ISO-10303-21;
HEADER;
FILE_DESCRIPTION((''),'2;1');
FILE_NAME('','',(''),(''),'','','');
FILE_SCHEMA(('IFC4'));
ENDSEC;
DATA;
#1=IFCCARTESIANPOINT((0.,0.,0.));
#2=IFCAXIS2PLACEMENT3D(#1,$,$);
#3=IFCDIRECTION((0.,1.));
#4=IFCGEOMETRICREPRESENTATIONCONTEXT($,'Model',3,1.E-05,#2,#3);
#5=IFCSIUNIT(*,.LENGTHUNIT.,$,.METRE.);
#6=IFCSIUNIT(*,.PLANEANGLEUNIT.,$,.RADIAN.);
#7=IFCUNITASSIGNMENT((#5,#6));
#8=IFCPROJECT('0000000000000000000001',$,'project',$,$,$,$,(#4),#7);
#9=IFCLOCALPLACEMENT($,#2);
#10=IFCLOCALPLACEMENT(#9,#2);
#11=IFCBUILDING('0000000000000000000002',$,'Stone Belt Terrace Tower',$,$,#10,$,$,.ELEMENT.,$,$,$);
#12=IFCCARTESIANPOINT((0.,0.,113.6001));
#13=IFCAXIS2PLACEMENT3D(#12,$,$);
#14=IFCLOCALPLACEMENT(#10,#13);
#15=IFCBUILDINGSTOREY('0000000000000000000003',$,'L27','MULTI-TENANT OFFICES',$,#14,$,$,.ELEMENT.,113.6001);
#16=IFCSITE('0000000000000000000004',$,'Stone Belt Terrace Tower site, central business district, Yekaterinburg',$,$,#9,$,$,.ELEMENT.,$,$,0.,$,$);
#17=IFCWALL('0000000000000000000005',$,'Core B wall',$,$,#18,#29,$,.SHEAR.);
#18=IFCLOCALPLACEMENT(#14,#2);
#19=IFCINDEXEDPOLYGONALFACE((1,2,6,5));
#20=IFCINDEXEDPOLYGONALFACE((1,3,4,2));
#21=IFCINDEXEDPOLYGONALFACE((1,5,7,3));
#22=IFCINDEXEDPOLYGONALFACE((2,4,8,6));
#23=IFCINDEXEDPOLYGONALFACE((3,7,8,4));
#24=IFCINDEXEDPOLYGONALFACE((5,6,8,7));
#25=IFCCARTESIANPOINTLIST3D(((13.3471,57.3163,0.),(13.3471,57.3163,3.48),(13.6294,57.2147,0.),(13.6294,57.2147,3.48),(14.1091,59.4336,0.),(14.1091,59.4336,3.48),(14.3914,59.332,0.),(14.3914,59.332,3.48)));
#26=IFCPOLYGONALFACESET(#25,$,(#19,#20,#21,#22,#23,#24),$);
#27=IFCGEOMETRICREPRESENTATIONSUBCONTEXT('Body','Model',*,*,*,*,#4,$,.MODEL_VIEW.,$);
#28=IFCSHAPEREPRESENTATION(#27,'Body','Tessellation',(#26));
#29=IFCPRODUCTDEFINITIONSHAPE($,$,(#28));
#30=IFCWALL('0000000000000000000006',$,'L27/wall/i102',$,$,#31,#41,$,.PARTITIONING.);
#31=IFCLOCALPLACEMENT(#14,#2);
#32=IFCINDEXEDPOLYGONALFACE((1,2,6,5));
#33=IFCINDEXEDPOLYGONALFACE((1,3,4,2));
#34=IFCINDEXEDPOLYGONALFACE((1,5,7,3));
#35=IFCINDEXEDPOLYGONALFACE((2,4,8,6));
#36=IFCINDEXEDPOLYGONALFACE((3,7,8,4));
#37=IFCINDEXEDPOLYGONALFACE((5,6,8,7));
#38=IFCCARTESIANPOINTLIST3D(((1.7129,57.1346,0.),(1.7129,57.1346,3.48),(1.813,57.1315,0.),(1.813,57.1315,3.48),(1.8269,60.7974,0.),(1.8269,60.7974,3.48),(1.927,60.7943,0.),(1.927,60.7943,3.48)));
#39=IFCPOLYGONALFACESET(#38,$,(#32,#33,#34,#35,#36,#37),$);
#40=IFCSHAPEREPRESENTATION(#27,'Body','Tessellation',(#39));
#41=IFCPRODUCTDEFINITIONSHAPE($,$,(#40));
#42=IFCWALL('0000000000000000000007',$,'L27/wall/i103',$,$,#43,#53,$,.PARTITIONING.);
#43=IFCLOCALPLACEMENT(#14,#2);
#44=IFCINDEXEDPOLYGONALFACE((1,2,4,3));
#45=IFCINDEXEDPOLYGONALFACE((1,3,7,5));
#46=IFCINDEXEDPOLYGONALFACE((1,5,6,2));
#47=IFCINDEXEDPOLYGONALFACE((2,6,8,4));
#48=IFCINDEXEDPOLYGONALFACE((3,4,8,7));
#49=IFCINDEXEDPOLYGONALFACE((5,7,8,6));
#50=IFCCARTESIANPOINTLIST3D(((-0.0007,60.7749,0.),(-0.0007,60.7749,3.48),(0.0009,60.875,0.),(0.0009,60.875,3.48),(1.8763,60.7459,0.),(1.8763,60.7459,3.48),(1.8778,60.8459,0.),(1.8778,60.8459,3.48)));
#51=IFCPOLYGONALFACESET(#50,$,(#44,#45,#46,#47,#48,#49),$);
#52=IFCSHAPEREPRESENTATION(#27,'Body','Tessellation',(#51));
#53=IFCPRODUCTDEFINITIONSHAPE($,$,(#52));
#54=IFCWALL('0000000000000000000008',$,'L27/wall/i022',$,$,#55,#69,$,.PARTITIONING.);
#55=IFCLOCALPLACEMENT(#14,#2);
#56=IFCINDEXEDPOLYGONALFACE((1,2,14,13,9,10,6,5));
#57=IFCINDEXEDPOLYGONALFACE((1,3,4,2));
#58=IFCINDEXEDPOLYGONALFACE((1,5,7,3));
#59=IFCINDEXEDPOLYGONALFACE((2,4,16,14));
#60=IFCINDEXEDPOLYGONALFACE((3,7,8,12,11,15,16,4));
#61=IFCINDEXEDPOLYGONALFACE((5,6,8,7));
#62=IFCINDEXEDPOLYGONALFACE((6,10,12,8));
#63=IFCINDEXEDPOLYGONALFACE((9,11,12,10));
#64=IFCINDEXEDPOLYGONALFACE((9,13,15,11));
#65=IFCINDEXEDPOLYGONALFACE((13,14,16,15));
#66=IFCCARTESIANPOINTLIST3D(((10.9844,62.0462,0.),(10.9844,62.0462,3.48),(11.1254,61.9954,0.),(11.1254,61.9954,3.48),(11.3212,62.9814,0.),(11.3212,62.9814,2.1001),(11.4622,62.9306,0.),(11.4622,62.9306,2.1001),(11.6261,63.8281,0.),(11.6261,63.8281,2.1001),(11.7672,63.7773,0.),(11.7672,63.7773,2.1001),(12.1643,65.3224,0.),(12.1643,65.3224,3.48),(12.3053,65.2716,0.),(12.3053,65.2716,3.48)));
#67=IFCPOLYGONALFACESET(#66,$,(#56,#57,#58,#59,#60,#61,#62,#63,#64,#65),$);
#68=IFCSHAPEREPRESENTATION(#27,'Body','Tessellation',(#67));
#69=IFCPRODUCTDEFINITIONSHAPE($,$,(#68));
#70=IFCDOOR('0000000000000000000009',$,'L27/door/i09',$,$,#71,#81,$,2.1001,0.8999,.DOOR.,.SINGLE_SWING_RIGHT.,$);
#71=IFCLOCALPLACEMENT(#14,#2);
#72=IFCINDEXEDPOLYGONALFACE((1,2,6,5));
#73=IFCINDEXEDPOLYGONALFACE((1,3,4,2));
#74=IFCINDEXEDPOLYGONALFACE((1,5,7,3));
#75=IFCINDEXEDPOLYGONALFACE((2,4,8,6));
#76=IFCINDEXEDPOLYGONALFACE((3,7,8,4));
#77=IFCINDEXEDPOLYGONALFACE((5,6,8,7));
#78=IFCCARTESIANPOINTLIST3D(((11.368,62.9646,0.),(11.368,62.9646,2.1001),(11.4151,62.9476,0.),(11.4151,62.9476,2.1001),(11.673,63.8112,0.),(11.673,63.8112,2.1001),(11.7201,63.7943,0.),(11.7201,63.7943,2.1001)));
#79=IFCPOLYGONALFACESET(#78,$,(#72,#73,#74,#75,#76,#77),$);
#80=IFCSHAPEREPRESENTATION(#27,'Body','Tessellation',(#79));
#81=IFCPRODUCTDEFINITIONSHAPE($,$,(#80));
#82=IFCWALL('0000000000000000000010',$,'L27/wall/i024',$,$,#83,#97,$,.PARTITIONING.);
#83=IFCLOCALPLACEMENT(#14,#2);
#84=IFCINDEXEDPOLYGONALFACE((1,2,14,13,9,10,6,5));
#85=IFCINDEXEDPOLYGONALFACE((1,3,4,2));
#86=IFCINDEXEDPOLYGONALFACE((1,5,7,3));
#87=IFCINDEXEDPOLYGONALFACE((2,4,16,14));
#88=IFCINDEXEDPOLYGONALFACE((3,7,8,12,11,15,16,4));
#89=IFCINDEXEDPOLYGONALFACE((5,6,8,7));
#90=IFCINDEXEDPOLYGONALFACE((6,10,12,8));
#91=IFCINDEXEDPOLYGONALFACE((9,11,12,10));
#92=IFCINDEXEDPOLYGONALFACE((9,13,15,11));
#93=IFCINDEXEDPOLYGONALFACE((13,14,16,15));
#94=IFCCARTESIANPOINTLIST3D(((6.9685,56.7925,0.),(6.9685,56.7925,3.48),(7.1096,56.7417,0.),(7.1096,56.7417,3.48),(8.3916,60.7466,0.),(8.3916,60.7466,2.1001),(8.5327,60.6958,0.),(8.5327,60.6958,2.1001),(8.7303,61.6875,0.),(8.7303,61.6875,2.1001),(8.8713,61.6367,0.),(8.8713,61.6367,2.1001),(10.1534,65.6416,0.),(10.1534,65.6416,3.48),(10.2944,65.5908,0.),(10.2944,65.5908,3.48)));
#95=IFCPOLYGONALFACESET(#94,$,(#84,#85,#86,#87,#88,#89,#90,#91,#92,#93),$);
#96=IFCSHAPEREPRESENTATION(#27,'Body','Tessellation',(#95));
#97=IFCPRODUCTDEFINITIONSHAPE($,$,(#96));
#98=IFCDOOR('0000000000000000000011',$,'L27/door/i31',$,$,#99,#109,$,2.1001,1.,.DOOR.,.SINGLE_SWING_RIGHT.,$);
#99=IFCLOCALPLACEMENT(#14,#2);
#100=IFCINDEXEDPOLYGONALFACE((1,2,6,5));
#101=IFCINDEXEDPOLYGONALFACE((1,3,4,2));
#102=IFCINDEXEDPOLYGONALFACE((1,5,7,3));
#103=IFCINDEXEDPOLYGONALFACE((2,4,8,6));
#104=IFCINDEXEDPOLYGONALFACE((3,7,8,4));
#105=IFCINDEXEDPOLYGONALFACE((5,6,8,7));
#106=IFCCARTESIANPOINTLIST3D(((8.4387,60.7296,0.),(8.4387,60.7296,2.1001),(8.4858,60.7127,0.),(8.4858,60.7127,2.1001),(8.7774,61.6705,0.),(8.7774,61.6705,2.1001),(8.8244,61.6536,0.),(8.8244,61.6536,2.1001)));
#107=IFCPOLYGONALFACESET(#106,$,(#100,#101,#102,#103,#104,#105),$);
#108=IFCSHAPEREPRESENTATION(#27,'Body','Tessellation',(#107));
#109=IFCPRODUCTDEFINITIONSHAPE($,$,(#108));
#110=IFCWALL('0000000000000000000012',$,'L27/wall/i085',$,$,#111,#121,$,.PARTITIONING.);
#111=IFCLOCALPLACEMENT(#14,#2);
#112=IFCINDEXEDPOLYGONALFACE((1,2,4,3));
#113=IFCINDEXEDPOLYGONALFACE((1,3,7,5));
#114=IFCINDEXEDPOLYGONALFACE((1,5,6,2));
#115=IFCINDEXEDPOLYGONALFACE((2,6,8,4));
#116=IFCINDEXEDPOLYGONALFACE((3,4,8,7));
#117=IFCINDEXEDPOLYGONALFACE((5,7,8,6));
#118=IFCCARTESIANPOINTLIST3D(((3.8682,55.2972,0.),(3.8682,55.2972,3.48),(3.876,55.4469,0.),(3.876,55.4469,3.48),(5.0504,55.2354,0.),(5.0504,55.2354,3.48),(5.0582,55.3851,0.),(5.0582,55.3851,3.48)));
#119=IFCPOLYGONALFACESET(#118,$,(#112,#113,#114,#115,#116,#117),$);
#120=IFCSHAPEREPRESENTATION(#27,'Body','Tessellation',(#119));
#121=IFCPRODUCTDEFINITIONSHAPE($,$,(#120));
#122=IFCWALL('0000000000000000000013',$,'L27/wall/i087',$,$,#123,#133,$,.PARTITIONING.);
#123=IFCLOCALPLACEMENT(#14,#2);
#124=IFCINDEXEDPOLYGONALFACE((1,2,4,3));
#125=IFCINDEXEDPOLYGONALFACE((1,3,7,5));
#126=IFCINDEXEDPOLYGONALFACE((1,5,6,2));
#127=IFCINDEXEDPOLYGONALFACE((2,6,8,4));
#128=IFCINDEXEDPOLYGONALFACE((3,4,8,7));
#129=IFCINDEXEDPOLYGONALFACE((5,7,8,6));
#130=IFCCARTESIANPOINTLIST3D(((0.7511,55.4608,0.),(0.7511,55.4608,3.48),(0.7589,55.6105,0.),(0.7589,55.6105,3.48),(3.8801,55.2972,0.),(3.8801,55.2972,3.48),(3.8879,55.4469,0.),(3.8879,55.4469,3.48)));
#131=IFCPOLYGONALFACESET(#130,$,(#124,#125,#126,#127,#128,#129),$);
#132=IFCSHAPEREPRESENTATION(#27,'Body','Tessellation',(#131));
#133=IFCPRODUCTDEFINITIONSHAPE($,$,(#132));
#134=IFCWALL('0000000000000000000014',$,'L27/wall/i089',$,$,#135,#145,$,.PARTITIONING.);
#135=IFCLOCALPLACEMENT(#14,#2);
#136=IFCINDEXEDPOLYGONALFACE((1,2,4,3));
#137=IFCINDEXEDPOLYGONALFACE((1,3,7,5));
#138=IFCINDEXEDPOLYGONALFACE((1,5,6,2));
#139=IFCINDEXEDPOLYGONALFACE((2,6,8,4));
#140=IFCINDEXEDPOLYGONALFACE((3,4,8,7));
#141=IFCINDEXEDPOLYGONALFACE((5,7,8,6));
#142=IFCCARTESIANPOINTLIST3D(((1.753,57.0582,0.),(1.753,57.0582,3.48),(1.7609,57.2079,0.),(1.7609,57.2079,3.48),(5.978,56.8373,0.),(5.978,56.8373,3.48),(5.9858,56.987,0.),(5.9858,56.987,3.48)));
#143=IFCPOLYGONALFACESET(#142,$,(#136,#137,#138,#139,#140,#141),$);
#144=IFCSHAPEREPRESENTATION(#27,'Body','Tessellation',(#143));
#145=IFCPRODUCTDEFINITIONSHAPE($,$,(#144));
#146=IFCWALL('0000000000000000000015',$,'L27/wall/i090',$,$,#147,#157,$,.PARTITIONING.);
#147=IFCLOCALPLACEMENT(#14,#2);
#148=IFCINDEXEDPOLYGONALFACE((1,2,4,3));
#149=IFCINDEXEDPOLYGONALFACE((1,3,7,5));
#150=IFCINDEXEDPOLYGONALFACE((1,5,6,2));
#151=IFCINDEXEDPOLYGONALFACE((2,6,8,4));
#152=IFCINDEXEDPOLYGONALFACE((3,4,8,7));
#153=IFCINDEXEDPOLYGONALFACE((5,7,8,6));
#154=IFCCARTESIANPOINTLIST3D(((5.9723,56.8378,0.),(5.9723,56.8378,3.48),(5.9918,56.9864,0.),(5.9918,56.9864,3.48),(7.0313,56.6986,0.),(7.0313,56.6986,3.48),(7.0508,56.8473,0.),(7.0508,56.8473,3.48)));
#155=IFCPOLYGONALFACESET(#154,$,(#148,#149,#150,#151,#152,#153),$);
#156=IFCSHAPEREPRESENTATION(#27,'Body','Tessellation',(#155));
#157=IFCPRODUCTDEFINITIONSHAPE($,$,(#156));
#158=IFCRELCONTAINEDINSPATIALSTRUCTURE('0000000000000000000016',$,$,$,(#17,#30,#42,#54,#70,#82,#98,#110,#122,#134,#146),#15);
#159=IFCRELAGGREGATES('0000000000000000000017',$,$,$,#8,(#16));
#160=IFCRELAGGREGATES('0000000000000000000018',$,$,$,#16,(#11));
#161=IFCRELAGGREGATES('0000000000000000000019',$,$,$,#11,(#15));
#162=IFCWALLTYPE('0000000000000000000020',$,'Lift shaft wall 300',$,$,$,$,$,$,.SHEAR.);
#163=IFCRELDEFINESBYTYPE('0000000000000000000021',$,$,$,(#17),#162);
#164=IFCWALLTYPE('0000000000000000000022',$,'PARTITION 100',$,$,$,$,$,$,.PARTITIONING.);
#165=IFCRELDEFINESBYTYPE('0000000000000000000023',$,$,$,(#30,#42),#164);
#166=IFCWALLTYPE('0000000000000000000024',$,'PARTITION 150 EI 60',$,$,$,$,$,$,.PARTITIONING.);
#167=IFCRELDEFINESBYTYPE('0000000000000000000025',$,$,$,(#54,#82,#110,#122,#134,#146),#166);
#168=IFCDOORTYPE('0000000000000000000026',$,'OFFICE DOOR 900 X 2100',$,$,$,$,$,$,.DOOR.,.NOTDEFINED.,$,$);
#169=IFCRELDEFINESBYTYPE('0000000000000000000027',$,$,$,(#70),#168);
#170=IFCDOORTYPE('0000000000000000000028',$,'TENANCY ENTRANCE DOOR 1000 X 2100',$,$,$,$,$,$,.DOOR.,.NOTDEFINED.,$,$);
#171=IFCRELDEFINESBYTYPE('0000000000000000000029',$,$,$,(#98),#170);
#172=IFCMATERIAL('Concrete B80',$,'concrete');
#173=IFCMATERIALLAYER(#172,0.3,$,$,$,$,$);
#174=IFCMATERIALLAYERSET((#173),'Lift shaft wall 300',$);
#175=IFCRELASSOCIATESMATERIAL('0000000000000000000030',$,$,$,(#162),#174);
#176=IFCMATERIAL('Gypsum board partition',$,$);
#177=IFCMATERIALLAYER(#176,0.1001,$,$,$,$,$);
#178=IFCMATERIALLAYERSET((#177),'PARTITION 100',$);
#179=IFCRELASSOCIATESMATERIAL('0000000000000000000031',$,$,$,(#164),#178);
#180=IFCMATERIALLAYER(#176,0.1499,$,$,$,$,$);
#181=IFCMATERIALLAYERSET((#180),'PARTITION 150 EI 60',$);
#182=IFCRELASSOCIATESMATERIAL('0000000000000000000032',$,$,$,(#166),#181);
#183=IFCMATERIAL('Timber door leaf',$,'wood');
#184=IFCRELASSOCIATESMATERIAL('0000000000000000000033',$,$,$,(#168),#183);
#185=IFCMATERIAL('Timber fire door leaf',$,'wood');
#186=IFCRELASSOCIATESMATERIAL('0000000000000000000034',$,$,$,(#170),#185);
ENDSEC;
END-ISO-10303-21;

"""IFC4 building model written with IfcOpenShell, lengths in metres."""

from ifc_helpers import new_model, si_unit, direction, frame, frame_2d, origin, place, context, subcontext, project, spatial, rectangle, extrude, material, layer, layer_set, type_object, element, fill, save


model = new_model("IFC4")

# Units and contexts
model_context = context("Model", 3, precision=1e-05, world=origin(), true_north=direction((0.0, 1.0)))
body_context = subcontext(model_context, "Body", "Model", "MODEL_VIEW")
ifc_project = project(units=[si_unit("LENGTHUNIT", "METRE"), si_unit("PLANEANGLEUNIT", "RADIAN")], contexts=[model_context])

# Site, building, storey
site_placement = place(None, origin())
site = spatial("IfcSite", under=ifc_project, at=site_placement, Name="Stone Belt Terrace Tower site, central business district, Yekaterinburg", CompositionType="ELEMENT", RefElevation=0.0)
building_placement = place(site_placement, origin())
building = spatial("IfcBuilding", under=site, at=building_placement, Name="Stone Belt Terrace Tower", CompositionType="ELEMENT")
storey_placement = place(building_placement, frame((0.0, 0.0, 113.6001)))
storey = spatial("IfcBuildingStorey", under=building, at=storey_placement, Name="L27", Description="MULTI-TENANT OFFICES", CompositionType="ELEMENT", Elevation=113.6001)

# Shared definitions
ifc_material_1 = material(Name="Concrete B80", Category="concrete")

# Walls
ifc_layer_1 = layer(ifc_material_1, 0.3)
ifc_layer_set_1 = layer_set([ifc_layer_1], Name="Lift shaft wall 300")
wall_type_1 = type_object("IfcWallType", Name="Lift shaft wall 300", PredefinedType="SHEAR", material=ifc_layer_set_1)
wall_1_placement = place(storey_placement, frame((13.4883, 57.2656, 0.0), z_axis=(0.0, 0.0, 1.0), x_axis=(0.338631, 0.940919, 0.0)))
element("IfcWall", 1, at=wall_1_placement, inside=storey, type_object=wall_type_1, Name="Core B wall", PredefinedType="SHEAR", context=body_context, shape_type="SweptSolid", body=[
    extrude(rectangle(XDim=2.2502, YDim=0.3, at=frame_2d((1.125, 0.0))), origin(), (0.0, 0.0, 1.0), 3.48),
])
ifc_material_2 = material(Name="Gypsum board partition")
ifc_layer_2 = layer(ifc_material_2, 0.1001)
ifc_layer_set_2 = layer_set([ifc_layer_2], Name="PARTITION 100")
wall_type_2 = type_object("IfcWallType", Name="PARTITION 100", PredefinedType="PARTITIONING", material=ifc_layer_set_2)
wall_2_placement = place(storey_placement, frame((1.7629, 57.1331, 0.0), z_axis=(0.0, 0.0, 1.0), x_axis=(0.031112, 0.999516, 0.0)))
element("IfcWall", 2, at=wall_2_placement, inside=storey, type_object=wall_type_2, Name="L27/wall/i102", PredefinedType="PARTITIONING", context=body_context, shape_type="SweptSolid", body=[
    extrude(rectangle(XDim=3.6646, YDim=0.1001, at=frame_2d((1.8323, 0.0))), origin(), (0.0, 0.0, 1.0), 3.48),
])
wall_3_placement = place(storey_placement, frame((1.877, 60.7959, 0.0), z_axis=(0.0, 0.0, 1.0), x_axis=(-0.99988, 0.015477, 0.0)))
element("IfcWall", 3, at=wall_3_placement, inside=storey, type_object=wall_type_2, Name="L27/wall/i103", PredefinedType="PARTITIONING", context=body_context, shape_type="SweptSolid", body=[
    extrude(rectangle(XDim=1.8772, YDim=0.1001, at=frame_2d((0.9385, 0.0))), origin(), (0.0, 0.0, 1.0), 3.48),
])

# Walls, openings, doors
ifc_layer_3 = layer(ifc_material_2, 0.1499)
ifc_layer_set_3 = layer_set([ifc_layer_3], Name="PARTITION 150 EI 60")
wall_type_3 = type_object("IfcWallType", Name="PARTITION 150 EI 60", PredefinedType="PARTITIONING", material=ifc_layer_set_3)
wall_4_placement = place(storey_placement, frame((12.2349, 65.2971, 0.0), z_axis=(0.0, 0.0, 1.0), x_axis=(-0.338854, -0.940839, 0.0)))
wall_4 = element("IfcWall", 4, at=wall_4_placement, inside=storey, type_object=wall_type_3, Name="L27/wall/i022", PredefinedType="PARTITIONING", context=body_context, shape_type="SweptSolid", body=[
    extrude(rectangle(XDim=3.4822, YDim=0.1499, at=frame_2d((1.7412, 0.0))), origin(), (0.0, 0.0, 1.0), 3.48),
])
opening_1_placement = place(wall_4_placement, frame((1.5884, 0.0, 0.0)))
opening_1 = element("IfcOpeningElement", 5, at=opening_1_placement, cuts=wall_4, PredefinedType="OPENING", context=body_context, shape_type="SweptSolid", body=[
    extrude(rectangle(XDim=0.8999, YDim=2.1001, at=frame_2d((0.45, 1.05))), frame((0.0, 0.085, 0.0), z_axis=(0.0, -1.0, 0.0), x_axis=(1.0, 0.0, 0.0)), (0.0, 0.0, 1.0), 0.1699),
])
ifc_material_3 = material(Name="Timber door leaf", Category="wood")
door_type_1 = type_object("IfcDoorType", Name="OFFICE DOOR 900 X 2100", OperationType="NOTDEFINED", PredefinedType="DOOR", material=ifc_material_3)
door_1_placement = place(opening_1_placement, origin())
door_1 = element("IfcDoor", 6, at=door_1_placement, inside=storey, type_object=door_type_1, Name="L27/door/i09", OperationType="SINGLE_SWING_RIGHT", OverallHeight=2.1001, OverallWidth=0.8999, PredefinedType="DOOR", context=body_context, shape_type="SweptSolid", body=[
    extrude(rectangle(XDim=0.8999, YDim=2.1001, at=frame_2d((0.45, 1.05))), frame((0.0, 0.0249, 0.0), z_axis=(0.0, -1.0, 0.0), x_axis=(1.0, 0.0, 0.0)), (0.0, 0.0, 1.0), 0.05),
])
fill(opening_1, door_1)
wall_5_placement = place(storey_placement, frame((7.0391, 56.7671, 0.0), z_axis=(0.0, 0.0, 1.0), x_axis=(0.338638, 0.940917, 0.0)))
wall_5 = element("IfcWall", 7, at=wall_5_placement, inside=storey, type_object=wall_type_3, Name="L27/wall/i024", PredefinedType="PARTITIONING", context=body_context, shape_type="SweptSolid", body=[
    extrude(rectangle(XDim=9.4048, YDim=0.1499, at=frame_2d((4.7024, 0.0))), origin(), (0.0, 0.0, 1.0), 3.48),
])
opening_2_placement = place(wall_5_placement, frame((4.2024, 0.0, 0.0)))
opening_2 = element("IfcOpeningElement", 8, at=opening_2_placement, cuts=wall_5, PredefinedType="OPENING", context=body_context, shape_type="SweptSolid", body=[
    extrude(rectangle(XDim=1.0, YDim=2.1001, at=frame_2d((0.5, 1.05))), frame((0.0, 0.085, 0.0), z_axis=(0.0, -1.0, 0.0), x_axis=(1.0, 0.0, 0.0)), (0.0, 0.0, 1.0), 0.1699),
])
ifc_material_4 = material(Name="Timber fire door leaf", Category="wood")
door_type_2 = type_object("IfcDoorType", Name="TENANCY ENTRANCE DOOR 1000 X 2100", OperationType="NOTDEFINED", PredefinedType="DOOR", material=ifc_material_4)
door_2_placement = place(opening_2_placement, origin())
door_2 = element("IfcDoor", 9, at=door_2_placement, inside=storey, type_object=door_type_2, Name="L27/door/i31", OperationType="SINGLE_SWING_RIGHT", OverallHeight=2.1001, OverallWidth=1.0, PredefinedType="DOOR", context=body_context, shape_type="SweptSolid", body=[
    extrude(rectangle(XDim=1.0, YDim=2.1001, at=frame_2d((0.5, 1.05))), frame((0.0, 0.0249, 0.0), z_axis=(0.0, -1.0, 0.0), x_axis=(1.0, 0.0, 0.0)), (0.0, 0.0, 1.0), 0.05),
])
fill(opening_2, door_2)

# Walls
wall_6_placement = place(storey_placement, frame((5.0542, 55.3103, 0.0), z_axis=(0.0, 0.0, 1.0), x_axis=(-0.998638, 0.05218, 0.0)))
element("IfcWall", 10, at=wall_6_placement, inside=storey, type_object=wall_type_3, Name="L27/wall/i085", PredefinedType="PARTITIONING", context=body_context, shape_type="SweptSolid", body=[
    extrude(rectangle(XDim=1.1838, YDim=0.1499, at=frame_2d((0.5918, 0.0))), origin(), (0.0, 0.0, 1.0), 3.48),
])
wall_7_placement = place(storey_placement, frame((3.884, 55.3721, 0.0), z_axis=(0.0, 0.0, 1.0), x_axis=(-0.998636, 0.052203, 0.0)))
element("IfcWall", 11, at=wall_7_placement, inside=storey, type_object=wall_type_3, Name="L27/wall/i087", PredefinedType="PARTITIONING", context=body_context, shape_type="SweptSolid", body=[
    extrude(rectangle(XDim=3.1333, YDim=0.1499, at=frame_2d((1.5667, 0.0))), origin(), (0.0, 0.0, 1.0), 3.48),
])
wall_8_placement = place(storey_placement, frame((1.7571, 57.1331, 0.0), z_axis=(0.0, 0.0, 1.0), x_axis=(0.998635, -0.052226, 0.0)))
element("IfcWall", 12, at=wall_8_placement, inside=storey, type_object=wall_type_3, Name="L27/wall/i089", PredefinedType="PARTITIONING", context=body_context, shape_type="SweptSolid", body=[
    extrude(rectangle(XDim=4.2307, YDim=0.1499, at=frame_2d((2.1152, 0.0))), origin(), (0.0, 0.0, 1.0), 3.48),
])
wall_9_placement = place(storey_placement, frame((5.9819, 56.9121, 0.0), z_axis=(0.0, 0.0, 1.0), x_axis=(0.991478, -0.130277, 0.0)))
element("IfcWall", 13, at=wall_9_placement, inside=storey, type_object=wall_type_3, Name="L27/wall/i090", PredefinedType="PARTITIONING", context=body_context, shape_type="SweptSolid", body=[
    extrude(rectangle(XDim=1.0681, YDim=0.1499, at=frame_2d((0.5342, 0.0))), origin(), (0.0, 0.0, 1.0), 3.48),
])

save(model, "model.ifc")
